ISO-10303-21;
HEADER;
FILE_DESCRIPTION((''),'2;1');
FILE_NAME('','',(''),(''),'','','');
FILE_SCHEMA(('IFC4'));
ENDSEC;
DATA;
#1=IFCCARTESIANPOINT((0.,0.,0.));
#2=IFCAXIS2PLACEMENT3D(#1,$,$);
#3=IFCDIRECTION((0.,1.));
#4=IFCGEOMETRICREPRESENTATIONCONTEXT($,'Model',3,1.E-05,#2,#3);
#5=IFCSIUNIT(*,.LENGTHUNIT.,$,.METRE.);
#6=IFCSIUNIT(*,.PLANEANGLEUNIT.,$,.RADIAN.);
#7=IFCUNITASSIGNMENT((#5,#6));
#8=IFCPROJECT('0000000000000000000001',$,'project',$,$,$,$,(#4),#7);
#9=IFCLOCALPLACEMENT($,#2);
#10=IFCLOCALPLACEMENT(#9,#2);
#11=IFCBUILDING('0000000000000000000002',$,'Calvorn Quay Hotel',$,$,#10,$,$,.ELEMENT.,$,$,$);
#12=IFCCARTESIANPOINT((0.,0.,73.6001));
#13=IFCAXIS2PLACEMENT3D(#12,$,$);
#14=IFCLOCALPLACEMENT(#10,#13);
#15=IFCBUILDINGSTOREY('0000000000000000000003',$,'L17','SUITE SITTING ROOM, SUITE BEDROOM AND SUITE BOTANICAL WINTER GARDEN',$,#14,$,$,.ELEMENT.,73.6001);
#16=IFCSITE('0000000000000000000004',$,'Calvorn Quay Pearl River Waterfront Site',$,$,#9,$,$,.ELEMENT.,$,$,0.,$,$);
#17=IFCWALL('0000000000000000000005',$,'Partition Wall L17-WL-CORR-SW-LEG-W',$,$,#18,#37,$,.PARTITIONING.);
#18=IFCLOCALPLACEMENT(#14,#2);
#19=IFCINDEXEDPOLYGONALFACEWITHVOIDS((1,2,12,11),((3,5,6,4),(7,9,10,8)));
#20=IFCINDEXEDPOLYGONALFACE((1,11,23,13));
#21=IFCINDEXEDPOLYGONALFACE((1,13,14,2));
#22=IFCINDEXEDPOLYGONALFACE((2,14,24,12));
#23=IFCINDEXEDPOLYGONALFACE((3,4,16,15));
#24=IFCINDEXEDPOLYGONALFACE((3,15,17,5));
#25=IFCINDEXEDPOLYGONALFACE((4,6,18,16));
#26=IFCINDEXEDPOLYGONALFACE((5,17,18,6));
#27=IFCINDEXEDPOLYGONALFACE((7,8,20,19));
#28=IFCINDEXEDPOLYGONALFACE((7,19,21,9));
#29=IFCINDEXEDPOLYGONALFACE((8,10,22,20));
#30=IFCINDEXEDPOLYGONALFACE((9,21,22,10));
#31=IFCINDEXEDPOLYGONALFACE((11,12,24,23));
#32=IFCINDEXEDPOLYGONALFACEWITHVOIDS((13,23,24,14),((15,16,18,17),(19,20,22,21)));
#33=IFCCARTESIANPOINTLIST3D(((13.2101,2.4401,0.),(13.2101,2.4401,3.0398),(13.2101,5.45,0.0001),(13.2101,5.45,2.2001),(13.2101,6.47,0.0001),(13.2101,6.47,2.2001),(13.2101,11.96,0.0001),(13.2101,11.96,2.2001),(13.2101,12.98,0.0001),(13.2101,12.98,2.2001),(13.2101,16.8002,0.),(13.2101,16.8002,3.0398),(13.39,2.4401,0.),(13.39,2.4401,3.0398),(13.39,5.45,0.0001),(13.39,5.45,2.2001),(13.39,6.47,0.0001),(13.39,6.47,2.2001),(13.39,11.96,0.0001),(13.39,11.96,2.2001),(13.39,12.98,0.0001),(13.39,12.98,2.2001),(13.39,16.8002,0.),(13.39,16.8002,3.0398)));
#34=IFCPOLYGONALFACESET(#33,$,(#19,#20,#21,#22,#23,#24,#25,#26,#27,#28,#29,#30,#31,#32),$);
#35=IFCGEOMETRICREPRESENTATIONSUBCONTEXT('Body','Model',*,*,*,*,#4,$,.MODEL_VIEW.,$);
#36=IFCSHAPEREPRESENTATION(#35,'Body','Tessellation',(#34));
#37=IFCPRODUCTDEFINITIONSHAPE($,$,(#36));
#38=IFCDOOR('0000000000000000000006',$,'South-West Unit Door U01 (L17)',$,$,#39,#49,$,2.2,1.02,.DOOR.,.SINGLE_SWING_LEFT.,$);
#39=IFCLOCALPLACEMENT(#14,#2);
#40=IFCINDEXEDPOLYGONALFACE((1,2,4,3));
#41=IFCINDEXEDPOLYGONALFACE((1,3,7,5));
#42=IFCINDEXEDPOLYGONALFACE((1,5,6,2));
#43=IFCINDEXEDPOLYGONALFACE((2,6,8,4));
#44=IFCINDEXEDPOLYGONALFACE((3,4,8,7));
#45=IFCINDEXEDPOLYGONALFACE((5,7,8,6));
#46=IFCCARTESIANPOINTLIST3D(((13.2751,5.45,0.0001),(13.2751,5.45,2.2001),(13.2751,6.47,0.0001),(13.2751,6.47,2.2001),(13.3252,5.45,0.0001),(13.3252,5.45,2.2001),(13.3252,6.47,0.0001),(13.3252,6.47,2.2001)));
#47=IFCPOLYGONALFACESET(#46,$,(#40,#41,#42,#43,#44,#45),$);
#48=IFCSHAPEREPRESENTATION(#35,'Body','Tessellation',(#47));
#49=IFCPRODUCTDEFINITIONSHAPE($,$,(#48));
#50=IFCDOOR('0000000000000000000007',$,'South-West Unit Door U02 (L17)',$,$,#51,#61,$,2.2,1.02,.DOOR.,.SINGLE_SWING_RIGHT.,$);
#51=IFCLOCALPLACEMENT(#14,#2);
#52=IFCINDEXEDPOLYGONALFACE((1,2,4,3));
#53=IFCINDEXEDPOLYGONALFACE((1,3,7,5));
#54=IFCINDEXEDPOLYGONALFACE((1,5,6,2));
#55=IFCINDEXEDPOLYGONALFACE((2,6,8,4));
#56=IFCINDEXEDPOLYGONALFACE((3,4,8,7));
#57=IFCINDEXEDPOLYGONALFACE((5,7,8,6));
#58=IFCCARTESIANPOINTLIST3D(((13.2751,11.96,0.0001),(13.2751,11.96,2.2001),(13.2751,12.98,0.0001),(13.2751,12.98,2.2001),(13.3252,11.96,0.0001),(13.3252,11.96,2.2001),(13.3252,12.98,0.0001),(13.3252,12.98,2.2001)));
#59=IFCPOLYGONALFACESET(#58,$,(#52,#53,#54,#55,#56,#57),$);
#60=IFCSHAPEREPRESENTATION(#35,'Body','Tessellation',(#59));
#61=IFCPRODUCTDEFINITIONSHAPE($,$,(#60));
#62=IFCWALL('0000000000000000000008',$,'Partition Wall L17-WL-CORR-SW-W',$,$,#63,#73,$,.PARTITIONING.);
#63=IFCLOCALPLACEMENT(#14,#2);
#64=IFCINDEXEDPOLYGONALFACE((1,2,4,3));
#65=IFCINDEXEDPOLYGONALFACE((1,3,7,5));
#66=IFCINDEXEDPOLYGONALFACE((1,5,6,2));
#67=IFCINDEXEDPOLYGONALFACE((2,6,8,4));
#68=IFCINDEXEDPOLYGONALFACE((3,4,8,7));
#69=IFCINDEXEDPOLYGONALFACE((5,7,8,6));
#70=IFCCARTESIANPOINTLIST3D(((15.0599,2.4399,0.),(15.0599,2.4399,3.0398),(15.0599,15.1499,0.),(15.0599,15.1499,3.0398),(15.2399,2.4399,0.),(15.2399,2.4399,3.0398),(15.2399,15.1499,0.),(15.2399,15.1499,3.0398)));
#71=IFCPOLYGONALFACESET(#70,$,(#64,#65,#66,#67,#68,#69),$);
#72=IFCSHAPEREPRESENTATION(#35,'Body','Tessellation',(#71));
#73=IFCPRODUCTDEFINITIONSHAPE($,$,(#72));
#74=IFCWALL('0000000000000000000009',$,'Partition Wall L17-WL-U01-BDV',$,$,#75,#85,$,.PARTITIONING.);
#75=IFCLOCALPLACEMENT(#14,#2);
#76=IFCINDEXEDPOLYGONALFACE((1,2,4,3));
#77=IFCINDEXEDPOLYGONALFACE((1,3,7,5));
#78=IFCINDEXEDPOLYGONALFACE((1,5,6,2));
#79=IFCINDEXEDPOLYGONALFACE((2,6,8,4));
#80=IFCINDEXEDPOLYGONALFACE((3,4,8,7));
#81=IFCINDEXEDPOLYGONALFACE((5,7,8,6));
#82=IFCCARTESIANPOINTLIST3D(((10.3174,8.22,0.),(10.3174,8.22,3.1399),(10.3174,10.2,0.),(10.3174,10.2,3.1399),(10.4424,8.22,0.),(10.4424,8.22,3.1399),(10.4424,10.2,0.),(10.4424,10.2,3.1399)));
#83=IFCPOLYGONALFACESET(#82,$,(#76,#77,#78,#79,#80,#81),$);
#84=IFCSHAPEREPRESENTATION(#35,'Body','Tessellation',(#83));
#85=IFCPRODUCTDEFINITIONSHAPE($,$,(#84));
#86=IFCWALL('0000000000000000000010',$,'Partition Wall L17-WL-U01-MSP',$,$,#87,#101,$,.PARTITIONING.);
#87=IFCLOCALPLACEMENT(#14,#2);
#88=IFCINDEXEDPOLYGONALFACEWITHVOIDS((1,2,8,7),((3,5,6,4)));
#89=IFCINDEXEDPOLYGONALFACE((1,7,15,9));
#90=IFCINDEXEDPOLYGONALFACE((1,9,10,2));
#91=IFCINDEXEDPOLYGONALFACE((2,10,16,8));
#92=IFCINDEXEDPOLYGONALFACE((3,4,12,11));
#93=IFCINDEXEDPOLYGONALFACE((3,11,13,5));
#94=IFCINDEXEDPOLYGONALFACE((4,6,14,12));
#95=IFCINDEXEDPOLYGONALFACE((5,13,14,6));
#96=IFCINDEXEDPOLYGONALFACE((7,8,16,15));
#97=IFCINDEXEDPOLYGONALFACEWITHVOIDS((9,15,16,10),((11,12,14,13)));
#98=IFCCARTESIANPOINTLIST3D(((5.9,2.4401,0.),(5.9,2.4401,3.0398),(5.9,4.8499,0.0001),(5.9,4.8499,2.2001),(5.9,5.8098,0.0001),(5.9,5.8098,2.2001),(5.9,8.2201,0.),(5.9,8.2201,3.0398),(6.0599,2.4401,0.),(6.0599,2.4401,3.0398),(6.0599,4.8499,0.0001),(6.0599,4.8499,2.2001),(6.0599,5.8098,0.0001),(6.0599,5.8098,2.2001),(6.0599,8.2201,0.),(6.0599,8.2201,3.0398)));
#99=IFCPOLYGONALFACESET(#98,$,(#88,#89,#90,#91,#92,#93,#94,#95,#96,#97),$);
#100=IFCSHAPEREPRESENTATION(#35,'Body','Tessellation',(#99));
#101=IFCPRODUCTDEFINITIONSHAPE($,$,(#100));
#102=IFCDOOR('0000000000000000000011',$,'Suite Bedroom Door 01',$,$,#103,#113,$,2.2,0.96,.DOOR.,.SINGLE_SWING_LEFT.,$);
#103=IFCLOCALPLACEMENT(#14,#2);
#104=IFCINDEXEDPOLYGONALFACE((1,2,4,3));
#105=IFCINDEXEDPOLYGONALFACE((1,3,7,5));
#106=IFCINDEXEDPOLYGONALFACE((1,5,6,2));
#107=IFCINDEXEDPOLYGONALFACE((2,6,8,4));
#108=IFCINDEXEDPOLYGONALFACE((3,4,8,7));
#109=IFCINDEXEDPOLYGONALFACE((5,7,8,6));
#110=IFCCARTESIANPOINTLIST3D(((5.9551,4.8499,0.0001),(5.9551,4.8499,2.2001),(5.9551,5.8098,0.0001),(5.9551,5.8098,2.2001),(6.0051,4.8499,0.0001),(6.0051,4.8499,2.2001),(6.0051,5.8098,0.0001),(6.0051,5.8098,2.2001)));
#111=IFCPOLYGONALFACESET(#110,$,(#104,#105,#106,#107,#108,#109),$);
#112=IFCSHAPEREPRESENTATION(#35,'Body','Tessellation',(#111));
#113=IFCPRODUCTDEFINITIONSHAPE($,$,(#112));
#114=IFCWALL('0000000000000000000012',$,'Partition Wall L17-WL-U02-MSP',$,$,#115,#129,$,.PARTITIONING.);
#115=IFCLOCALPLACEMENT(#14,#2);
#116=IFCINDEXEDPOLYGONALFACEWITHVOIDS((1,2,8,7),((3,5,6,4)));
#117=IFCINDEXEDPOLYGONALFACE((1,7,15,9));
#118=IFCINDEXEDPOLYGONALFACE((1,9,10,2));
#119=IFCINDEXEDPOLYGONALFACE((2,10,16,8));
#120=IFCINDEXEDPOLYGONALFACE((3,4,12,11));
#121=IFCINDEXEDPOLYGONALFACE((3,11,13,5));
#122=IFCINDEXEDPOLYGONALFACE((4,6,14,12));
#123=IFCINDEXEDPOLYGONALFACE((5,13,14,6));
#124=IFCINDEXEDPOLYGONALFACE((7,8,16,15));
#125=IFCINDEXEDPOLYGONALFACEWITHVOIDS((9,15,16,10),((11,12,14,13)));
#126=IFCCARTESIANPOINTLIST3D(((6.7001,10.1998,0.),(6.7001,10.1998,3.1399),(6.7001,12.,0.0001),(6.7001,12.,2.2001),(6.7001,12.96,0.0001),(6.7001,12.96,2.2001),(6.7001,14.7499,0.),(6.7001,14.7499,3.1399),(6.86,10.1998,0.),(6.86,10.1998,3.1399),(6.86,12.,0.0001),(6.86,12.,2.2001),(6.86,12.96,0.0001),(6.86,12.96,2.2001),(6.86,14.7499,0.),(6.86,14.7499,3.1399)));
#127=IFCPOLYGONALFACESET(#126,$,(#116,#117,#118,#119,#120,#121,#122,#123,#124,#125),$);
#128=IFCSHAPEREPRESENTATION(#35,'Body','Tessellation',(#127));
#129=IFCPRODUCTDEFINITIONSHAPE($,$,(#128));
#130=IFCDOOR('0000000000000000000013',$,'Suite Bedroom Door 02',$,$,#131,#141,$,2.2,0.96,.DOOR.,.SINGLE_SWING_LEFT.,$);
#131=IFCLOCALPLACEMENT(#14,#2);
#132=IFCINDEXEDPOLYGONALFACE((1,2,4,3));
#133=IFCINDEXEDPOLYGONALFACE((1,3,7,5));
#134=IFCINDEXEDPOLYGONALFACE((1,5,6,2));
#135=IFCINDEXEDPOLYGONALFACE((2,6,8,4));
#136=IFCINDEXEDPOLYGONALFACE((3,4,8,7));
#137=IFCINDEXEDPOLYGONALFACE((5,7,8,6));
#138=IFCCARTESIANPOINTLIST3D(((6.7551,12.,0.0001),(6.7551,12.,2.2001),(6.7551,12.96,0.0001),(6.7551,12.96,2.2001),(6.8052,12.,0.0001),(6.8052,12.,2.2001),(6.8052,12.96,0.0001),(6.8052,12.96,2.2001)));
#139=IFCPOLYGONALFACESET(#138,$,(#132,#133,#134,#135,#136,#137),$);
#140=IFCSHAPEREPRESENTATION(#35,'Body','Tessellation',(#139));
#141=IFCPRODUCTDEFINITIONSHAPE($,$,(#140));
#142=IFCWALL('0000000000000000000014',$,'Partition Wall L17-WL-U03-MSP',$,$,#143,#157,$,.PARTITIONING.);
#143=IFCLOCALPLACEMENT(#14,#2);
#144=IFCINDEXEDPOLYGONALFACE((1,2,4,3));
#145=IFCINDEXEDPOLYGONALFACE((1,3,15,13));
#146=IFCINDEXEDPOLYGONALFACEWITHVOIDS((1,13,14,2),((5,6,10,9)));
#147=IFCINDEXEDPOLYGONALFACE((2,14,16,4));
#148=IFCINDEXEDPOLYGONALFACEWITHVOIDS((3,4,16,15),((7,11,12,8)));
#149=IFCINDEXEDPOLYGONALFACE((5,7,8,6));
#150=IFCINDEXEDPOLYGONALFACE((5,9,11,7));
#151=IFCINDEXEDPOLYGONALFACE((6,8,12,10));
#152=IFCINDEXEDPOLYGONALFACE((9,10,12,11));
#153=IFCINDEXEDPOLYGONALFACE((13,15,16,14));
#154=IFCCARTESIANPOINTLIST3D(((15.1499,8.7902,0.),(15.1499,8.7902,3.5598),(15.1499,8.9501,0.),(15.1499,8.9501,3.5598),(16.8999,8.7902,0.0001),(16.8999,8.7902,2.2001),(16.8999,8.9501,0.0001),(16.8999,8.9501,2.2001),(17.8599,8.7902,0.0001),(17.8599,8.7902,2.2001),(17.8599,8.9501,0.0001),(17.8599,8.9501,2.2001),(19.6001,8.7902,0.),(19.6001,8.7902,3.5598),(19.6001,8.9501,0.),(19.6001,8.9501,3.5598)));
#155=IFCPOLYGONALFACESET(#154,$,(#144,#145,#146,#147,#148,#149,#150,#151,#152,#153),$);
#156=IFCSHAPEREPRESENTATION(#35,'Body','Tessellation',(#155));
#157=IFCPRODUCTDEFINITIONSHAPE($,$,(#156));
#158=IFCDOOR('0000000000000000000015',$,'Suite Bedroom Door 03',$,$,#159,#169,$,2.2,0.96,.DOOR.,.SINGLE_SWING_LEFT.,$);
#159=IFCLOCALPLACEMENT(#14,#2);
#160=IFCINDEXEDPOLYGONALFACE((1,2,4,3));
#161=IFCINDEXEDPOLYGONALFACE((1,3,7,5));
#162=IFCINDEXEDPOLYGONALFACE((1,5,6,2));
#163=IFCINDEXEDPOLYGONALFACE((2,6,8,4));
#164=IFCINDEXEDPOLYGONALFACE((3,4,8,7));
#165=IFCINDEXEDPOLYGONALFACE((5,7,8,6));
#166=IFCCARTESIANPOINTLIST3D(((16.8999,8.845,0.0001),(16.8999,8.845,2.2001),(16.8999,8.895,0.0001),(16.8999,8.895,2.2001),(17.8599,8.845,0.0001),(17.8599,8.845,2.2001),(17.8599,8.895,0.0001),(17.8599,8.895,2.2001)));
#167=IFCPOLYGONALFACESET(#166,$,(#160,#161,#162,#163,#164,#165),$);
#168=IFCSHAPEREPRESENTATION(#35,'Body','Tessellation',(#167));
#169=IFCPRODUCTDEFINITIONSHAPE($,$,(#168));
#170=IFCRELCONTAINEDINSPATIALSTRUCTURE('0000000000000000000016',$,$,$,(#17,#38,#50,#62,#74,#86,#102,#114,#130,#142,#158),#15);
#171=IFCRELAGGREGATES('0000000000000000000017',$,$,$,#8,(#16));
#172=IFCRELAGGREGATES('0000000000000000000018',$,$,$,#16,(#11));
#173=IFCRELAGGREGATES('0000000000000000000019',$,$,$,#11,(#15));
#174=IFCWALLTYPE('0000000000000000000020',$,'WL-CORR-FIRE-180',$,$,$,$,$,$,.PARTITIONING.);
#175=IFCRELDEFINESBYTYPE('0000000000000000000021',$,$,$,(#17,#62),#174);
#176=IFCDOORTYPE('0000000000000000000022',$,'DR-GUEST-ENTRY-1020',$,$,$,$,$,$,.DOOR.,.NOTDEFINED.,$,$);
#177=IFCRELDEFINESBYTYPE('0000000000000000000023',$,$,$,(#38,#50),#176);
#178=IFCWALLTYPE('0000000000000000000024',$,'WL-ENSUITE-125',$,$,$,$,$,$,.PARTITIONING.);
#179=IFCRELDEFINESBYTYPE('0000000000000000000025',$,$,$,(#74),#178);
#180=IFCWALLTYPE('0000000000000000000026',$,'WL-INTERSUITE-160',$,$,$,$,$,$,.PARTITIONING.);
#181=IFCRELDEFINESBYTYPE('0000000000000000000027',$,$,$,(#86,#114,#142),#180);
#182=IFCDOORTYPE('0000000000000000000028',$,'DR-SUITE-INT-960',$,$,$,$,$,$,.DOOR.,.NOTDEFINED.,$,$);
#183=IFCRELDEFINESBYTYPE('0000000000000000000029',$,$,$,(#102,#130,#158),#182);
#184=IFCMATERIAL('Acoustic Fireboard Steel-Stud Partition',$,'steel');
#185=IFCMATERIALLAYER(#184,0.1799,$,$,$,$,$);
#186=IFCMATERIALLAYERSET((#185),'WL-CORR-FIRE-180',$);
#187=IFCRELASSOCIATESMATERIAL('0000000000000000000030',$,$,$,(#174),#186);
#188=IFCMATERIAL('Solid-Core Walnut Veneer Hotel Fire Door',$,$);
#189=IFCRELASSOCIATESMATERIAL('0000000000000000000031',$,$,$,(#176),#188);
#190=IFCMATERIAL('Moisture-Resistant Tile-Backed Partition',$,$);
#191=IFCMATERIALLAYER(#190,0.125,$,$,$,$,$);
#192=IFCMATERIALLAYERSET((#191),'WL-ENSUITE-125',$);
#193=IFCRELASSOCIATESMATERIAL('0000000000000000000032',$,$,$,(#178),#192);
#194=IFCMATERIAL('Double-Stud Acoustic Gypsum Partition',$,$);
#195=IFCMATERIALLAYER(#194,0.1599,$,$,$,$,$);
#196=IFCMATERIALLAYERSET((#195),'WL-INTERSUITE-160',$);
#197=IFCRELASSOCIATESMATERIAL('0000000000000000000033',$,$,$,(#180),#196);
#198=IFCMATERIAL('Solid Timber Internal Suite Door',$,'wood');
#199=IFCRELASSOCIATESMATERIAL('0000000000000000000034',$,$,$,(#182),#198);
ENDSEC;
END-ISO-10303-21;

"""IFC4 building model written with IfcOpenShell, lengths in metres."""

from ifc_helpers import new_model, si_unit, direction, frame, frame_2d, origin, place, context, subcontext, project, spatial, rectangle, extrude, material, layer, layer_set, type_object, element, fill, save


model = new_model("IFC4")

# Units and contexts
model_context = context("Model", 3, precision=1e-05, world=origin(), true_north=direction((0.0, 1.0)))
body_context = subcontext(model_context, "Body", "Model", "MODEL_VIEW")
ifc_project = project(units=[si_unit("LENGTHUNIT", "METRE"), si_unit("PLANEANGLEUNIT", "RADIAN")], contexts=[model_context])

# Site, building, storey
site_placement = place(None, origin())
site = spatial("IfcSite", under=ifc_project, at=site_placement, Name="Calvorn Quay Pearl River Waterfront Site", CompositionType="ELEMENT", RefElevation=0.0)
building_placement = place(site_placement, origin())
building = spatial("IfcBuilding", under=site, at=building_placement, Name="Calvorn Quay Hotel", CompositionType="ELEMENT")
storey_placement = place(building_placement, frame((0.0, 0.0, 73.6001)))
storey = spatial("IfcBuildingStorey", under=building, at=storey_placement, Name="L17", Description="SUITE SITTING ROOM, SUITE BEDROOM AND SUITE BOTANICAL WINTER GARDEN", CompositionType="ELEMENT", Elevation=73.6001)

# Wall, openings, doors
ifc_material_1 = material(Name="Acoustic Fireboard Steel-Stud Partition", Category="steel")
ifc_layer_1 = layer(ifc_material_1, 0.1799)
ifc_layer_set_1 = layer_set([ifc_layer_1], Name="WL-CORR-FIRE-180")
wall_type_1 = type_object("IfcWallType", Name="WL-CORR-FIRE-180", PredefinedType="PARTITIONING", material=ifc_layer_set_1)
wall_1_placement = place(storey_placement, frame((13.3, 2.4399, 0.0), z_axis=(0.0, 0.0, 1.0), x_axis=(0.0, 1.0, 0.0)))
wall_1 = element("IfcWall", 1, at=wall_1_placement, inside=storey, type_object=wall_type_1, Name="Partition Wall L17-WL-CORR-SW-LEG-W", PredefinedType="PARTITIONING", context=body_context, shape_type="SweptSolid", body=[
    extrude(rectangle(XDim=14.3601, YDim=0.1799, at=frame_2d((7.1802, 0.0))), origin(), (0.0, 0.0, 1.0), 3.0398),
])
opening_1_placement = place(wall_1_placement, frame((3.01, 0.0, 0.0)))
opening_1 = element("IfcOpeningElement", 2, at=opening_1_placement, cuts=wall_1, PredefinedType="OPENING", context=body_context, shape_type="SweptSolid", body=[
    extrude(rectangle(XDim=1.02, YDim=2.2, at=frame_2d((0.51, 1.1001))), frame((0.0, 0.0999, 0.0), z_axis=(0.0, -1.0, 0.0), x_axis=(1.0, 0.0, 0.0)), (0.0, 0.0, 1.0), 0.2),
])
opening_2_placement = place(wall_1_placement, frame((9.52, 0.0, 0.0)))
opening_2 = element("IfcOpeningElement", 3, at=opening_2_placement, cuts=wall_1, PredefinedType="OPENING", context=body_context, shape_type="SweptSolid", body=[
    extrude(rectangle(XDim=1.02, YDim=2.2, at=frame_2d((0.51, 1.1001))), frame((0.0, 0.0999, 0.0), z_axis=(0.0, -1.0, 0.0), x_axis=(1.0, 0.0, 0.0)), (0.0, 0.0, 1.0), 0.2),
])
ifc_material_2 = material(Name="Solid-Core Walnut Veneer Hotel Fire Door")
door_type_1 = type_object("IfcDoorType", Name="DR-GUEST-ENTRY-1020", OperationType="NOTDEFINED", PredefinedType="DOOR", material=ifc_material_2)
door_1_placement = place(opening_1_placement, origin())
door_1 = element("IfcDoor", 4, at=door_1_placement, inside=storey, type_object=door_type_1, Name="South-West Unit Door U01 (L17)", OperationType="SINGLE_SWING_LEFT", OverallHeight=2.2, OverallWidth=1.02, PredefinedType="DOOR", context=body_context, shape_type="SweptSolid", body=[
    extrude(rectangle(XDim=1.02, YDim=2.2, at=frame_2d((0.51, 1.1001))), frame((0.0, 0.0249, 0.0), z_axis=(0.0, -1.0, 0.0), x_axis=(1.0, 0.0, 0.0)), (0.0, 0.0, 1.0), 0.05),
])
fill(opening_1, door_1)
door_2_placement = place(opening_2_placement, origin())
door_2 = element("IfcDoor", 5, at=door_2_placement, inside=storey, type_object=door_type_1, Name="South-West Unit Door U02 (L17)", OperationType="SINGLE_SWING_RIGHT", OverallHeight=2.2, OverallWidth=1.02, PredefinedType="DOOR", context=body_context, shape_type="SweptSolid", body=[
    extrude(rectangle(XDim=1.02, YDim=2.2, at=frame_2d((0.51, 1.1001))), frame((0.0, 0.0249, 0.0), z_axis=(0.0, -1.0, 0.0), x_axis=(1.0, 0.0, 0.0)), (0.0, 0.0, 1.0), 0.05),
])
fill(opening_2, door_2)

# Walls
wall_2_placement = place(storey_placement, frame((15.1499, 2.4399, 0.0), z_axis=(0.0, 0.0, 1.0), x_axis=(0.0, 1.0, 0.0)))
element("IfcWall", 6, at=wall_2_placement, inside=storey, type_object=wall_type_1, Name="Partition Wall L17-WL-CORR-SW-W", PredefinedType="PARTITIONING", context=body_context, shape_type="SweptSolid", body=[
    extrude(rectangle(XDim=12.71, YDim=0.1799, at=frame_2d((6.355, 0.0))), origin(), (0.0, 0.0, 1.0), 3.0398),
])
ifc_material_3 = material(Name="Moisture-Resistant Tile-Backed Partition")
ifc_layer_2 = layer(ifc_material_3, 0.125)
ifc_layer_set_2 = layer_set([ifc_layer_2], Name="WL-ENSUITE-125")
wall_type_2 = type_object("IfcWallType", Name="WL-ENSUITE-125", PredefinedType="PARTITIONING", material=ifc_layer_set_2)
wall_3_placement = place(storey_placement, frame((10.3799, 8.22, 0.0), z_axis=(0.0, 0.0, 1.0), x_axis=(0.0, 1.0, 0.0)))
element("IfcWall", 7, at=wall_3_placement, inside=storey, type_object=wall_type_2, Name="Partition Wall L17-WL-U01-BDV", PredefinedType="PARTITIONING", context=body_context, shape_type="SweptSolid", body=[
    extrude(rectangle(XDim=1.98, YDim=0.125, at=frame_2d((0.99, 0.0))), origin(), (0.0, 0.0, 1.0), 3.1399),
])

# Walls, openings, doors
ifc_material_4 = material(Name="Double-Stud Acoustic Gypsum Partition")
ifc_layer_3 = layer(ifc_material_4, 0.1599)
ifc_layer_set_3 = layer_set([ifc_layer_3], Name="WL-INTERSUITE-160")
wall_type_3 = type_object("IfcWallType", Name="WL-INTERSUITE-160", PredefinedType="PARTITIONING", material=ifc_layer_set_3)
wall_4_placement = place(storey_placement, frame((5.98, 2.4399, 0.0), z_axis=(0.0, 0.0, 1.0), x_axis=(0.0, 1.0, 0.0)))
wall_4 = element("IfcWall", 8, at=wall_4_placement, inside=storey, type_object=wall_type_3, Name="Partition Wall L17-WL-U01-MSP", PredefinedType="PARTITIONING", context=body_context, shape_type="SweptSolid", body=[
    extrude(rectangle(XDim=5.78, YDim=0.1599, at=frame_2d((2.8901, 0.0))), origin(), (0.0, 0.0, 1.0), 3.0398),
])
opening_3_placement = place(wall_4_placement, frame((2.4099, 0.0, 0.0)))
opening_3 = element("IfcOpeningElement", 9, at=opening_3_placement, cuts=wall_4, PredefinedType="OPENING", context=body_context, shape_type="SweptSolid", body=[
    extrude(rectangle(XDim=0.96, YDim=2.2, at=frame_2d((0.48, 1.1001))), frame((0.0, 0.0898, 0.0), z_axis=(0.0, -1.0, 0.0), x_axis=(1.0, 0.0, 0.0)), (0.0, 0.0, 1.0), 0.1799),
])
ifc_material_5 = material(Name="Solid Timber Internal Suite Door", Category="wood")
door_type_2 = type_object("IfcDoorType", Name="DR-SUITE-INT-960", OperationType="NOTDEFINED", PredefinedType="DOOR", material=ifc_material_5)
door_3_placement = place(opening_3_placement, origin())
door_3 = element("IfcDoor", 10, at=door_3_placement, inside=storey, type_object=door_type_2, Name="Suite Bedroom Door 01", OperationType="SINGLE_SWING_LEFT", OverallHeight=2.2, OverallWidth=0.96, PredefinedType="DOOR", context=body_context, shape_type="SweptSolid", body=[
    extrude(rectangle(XDim=0.96, YDim=2.2, at=frame_2d((0.48, 1.1001))), frame((0.0, 0.0249, 0.0), z_axis=(0.0, -1.0, 0.0), x_axis=(1.0, 0.0, 0.0)), (0.0, 0.0, 1.0), 0.05),
])
fill(opening_3, door_3)
wall_5_placement = place(storey_placement, frame((6.78, 10.2, 0.0), z_axis=(0.0, 0.0, 1.0), x_axis=(0.0, 1.0, 0.0)))
wall_5 = element("IfcWall", 11, at=wall_5_placement, inside=storey, type_object=wall_type_3, Name="Partition Wall L17-WL-U02-MSP", PredefinedType="PARTITIONING", context=body_context, shape_type="SweptSolid", body=[
    extrude(rectangle(XDim=4.55, YDim=0.1599, at=frame_2d((2.2749, 0.0))), origin(), (0.0, 0.0, 1.0), 3.1399),
])
opening_4_placement = place(wall_5_placement, frame((1.8, 0.0, 0.0)))
opening_4 = element("IfcOpeningElement", 12, at=opening_4_placement, cuts=wall_5, PredefinedType="OPENING", context=body_context, shape_type="SweptSolid", body=[
    extrude(rectangle(XDim=0.96, YDim=2.2, at=frame_2d((0.48, 1.1001))), frame((0.0, 0.0898, 0.0), z_axis=(0.0, -1.0, 0.0), x_axis=(1.0, 0.0, 0.0)), (0.0, 0.0, 1.0), 0.1799),
])
door_4_placement = place(opening_4_placement, origin())
door_4 = element("IfcDoor", 13, at=door_4_placement, inside=storey, type_object=door_type_2, Name="Suite Bedroom Door 02", OperationType="SINGLE_SWING_LEFT", OverallHeight=2.2, OverallWidth=0.96, PredefinedType="DOOR", context=body_context, shape_type="SweptSolid", body=[
    extrude(rectangle(XDim=0.96, YDim=2.2, at=frame_2d((0.48, 1.1001))), frame((0.0, 0.0249, 0.0), z_axis=(0.0, -1.0, 0.0), x_axis=(1.0, 0.0, 0.0)), (0.0, 0.0, 1.0), 0.05),
])
fill(opening_4, door_4)
wall_6_placement = place(storey_placement, frame((15.1499, 8.8701, 0.0), z_axis=(0.0, 0.0, 1.0), x_axis=(1.0, 0.0, 0.0)))
wall_6 = element("IfcWall", 14, at=wall_6_placement, inside=storey, type_object=wall_type_3, Name="Partition Wall L17-WL-U03-MSP", PredefinedType="PARTITIONING", context=body_context, shape_type="SweptSolid", body=[
    extrude(rectangle(XDim=4.4502, YDim=0.1599, at=frame_2d((2.2251, 0.0))), origin(), (0.0, 0.0, 1.0), 3.5598),
])
opening_5_placement = place(wall_6_placement, frame((1.75, 0.0, 0.0)))
opening_5 = element("IfcOpeningElement", 15, at=opening_5_placement, cuts=wall_6, PredefinedType="OPENING", context=body_context, shape_type="SweptSolid", body=[
    extrude(rectangle(XDim=0.96, YDim=2.2, at=frame_2d((0.48, 1.1001))), frame((0.0, 0.0898, 0.0), z_axis=(0.0, -1.0, 0.0), x_axis=(1.0, 0.0, 0.0)), (0.0, 0.0, 1.0), 0.1799),
])
door_5_placement = place(opening_5_placement, origin())
door_5 = element("IfcDoor", 16, at=door_5_placement, inside=storey, type_object=door_type_2, Name="Suite Bedroom Door 03", OperationType="SINGLE_SWING_LEFT", OverallHeight=2.2, OverallWidth=0.96, PredefinedType="DOOR", context=body_context, shape_type="SweptSolid", body=[
    extrude(rectangle(XDim=0.96, YDim=2.2, at=frame_2d((0.48, 1.1001))), frame((0.0, 0.0249, 0.0), z_axis=(0.0, -1.0, 0.0), x_axis=(1.0, 0.0, 0.0)), (0.0, 0.0, 1.0), 0.05),
])
fill(opening_5, door_5)

save(model, "model.ifc")
